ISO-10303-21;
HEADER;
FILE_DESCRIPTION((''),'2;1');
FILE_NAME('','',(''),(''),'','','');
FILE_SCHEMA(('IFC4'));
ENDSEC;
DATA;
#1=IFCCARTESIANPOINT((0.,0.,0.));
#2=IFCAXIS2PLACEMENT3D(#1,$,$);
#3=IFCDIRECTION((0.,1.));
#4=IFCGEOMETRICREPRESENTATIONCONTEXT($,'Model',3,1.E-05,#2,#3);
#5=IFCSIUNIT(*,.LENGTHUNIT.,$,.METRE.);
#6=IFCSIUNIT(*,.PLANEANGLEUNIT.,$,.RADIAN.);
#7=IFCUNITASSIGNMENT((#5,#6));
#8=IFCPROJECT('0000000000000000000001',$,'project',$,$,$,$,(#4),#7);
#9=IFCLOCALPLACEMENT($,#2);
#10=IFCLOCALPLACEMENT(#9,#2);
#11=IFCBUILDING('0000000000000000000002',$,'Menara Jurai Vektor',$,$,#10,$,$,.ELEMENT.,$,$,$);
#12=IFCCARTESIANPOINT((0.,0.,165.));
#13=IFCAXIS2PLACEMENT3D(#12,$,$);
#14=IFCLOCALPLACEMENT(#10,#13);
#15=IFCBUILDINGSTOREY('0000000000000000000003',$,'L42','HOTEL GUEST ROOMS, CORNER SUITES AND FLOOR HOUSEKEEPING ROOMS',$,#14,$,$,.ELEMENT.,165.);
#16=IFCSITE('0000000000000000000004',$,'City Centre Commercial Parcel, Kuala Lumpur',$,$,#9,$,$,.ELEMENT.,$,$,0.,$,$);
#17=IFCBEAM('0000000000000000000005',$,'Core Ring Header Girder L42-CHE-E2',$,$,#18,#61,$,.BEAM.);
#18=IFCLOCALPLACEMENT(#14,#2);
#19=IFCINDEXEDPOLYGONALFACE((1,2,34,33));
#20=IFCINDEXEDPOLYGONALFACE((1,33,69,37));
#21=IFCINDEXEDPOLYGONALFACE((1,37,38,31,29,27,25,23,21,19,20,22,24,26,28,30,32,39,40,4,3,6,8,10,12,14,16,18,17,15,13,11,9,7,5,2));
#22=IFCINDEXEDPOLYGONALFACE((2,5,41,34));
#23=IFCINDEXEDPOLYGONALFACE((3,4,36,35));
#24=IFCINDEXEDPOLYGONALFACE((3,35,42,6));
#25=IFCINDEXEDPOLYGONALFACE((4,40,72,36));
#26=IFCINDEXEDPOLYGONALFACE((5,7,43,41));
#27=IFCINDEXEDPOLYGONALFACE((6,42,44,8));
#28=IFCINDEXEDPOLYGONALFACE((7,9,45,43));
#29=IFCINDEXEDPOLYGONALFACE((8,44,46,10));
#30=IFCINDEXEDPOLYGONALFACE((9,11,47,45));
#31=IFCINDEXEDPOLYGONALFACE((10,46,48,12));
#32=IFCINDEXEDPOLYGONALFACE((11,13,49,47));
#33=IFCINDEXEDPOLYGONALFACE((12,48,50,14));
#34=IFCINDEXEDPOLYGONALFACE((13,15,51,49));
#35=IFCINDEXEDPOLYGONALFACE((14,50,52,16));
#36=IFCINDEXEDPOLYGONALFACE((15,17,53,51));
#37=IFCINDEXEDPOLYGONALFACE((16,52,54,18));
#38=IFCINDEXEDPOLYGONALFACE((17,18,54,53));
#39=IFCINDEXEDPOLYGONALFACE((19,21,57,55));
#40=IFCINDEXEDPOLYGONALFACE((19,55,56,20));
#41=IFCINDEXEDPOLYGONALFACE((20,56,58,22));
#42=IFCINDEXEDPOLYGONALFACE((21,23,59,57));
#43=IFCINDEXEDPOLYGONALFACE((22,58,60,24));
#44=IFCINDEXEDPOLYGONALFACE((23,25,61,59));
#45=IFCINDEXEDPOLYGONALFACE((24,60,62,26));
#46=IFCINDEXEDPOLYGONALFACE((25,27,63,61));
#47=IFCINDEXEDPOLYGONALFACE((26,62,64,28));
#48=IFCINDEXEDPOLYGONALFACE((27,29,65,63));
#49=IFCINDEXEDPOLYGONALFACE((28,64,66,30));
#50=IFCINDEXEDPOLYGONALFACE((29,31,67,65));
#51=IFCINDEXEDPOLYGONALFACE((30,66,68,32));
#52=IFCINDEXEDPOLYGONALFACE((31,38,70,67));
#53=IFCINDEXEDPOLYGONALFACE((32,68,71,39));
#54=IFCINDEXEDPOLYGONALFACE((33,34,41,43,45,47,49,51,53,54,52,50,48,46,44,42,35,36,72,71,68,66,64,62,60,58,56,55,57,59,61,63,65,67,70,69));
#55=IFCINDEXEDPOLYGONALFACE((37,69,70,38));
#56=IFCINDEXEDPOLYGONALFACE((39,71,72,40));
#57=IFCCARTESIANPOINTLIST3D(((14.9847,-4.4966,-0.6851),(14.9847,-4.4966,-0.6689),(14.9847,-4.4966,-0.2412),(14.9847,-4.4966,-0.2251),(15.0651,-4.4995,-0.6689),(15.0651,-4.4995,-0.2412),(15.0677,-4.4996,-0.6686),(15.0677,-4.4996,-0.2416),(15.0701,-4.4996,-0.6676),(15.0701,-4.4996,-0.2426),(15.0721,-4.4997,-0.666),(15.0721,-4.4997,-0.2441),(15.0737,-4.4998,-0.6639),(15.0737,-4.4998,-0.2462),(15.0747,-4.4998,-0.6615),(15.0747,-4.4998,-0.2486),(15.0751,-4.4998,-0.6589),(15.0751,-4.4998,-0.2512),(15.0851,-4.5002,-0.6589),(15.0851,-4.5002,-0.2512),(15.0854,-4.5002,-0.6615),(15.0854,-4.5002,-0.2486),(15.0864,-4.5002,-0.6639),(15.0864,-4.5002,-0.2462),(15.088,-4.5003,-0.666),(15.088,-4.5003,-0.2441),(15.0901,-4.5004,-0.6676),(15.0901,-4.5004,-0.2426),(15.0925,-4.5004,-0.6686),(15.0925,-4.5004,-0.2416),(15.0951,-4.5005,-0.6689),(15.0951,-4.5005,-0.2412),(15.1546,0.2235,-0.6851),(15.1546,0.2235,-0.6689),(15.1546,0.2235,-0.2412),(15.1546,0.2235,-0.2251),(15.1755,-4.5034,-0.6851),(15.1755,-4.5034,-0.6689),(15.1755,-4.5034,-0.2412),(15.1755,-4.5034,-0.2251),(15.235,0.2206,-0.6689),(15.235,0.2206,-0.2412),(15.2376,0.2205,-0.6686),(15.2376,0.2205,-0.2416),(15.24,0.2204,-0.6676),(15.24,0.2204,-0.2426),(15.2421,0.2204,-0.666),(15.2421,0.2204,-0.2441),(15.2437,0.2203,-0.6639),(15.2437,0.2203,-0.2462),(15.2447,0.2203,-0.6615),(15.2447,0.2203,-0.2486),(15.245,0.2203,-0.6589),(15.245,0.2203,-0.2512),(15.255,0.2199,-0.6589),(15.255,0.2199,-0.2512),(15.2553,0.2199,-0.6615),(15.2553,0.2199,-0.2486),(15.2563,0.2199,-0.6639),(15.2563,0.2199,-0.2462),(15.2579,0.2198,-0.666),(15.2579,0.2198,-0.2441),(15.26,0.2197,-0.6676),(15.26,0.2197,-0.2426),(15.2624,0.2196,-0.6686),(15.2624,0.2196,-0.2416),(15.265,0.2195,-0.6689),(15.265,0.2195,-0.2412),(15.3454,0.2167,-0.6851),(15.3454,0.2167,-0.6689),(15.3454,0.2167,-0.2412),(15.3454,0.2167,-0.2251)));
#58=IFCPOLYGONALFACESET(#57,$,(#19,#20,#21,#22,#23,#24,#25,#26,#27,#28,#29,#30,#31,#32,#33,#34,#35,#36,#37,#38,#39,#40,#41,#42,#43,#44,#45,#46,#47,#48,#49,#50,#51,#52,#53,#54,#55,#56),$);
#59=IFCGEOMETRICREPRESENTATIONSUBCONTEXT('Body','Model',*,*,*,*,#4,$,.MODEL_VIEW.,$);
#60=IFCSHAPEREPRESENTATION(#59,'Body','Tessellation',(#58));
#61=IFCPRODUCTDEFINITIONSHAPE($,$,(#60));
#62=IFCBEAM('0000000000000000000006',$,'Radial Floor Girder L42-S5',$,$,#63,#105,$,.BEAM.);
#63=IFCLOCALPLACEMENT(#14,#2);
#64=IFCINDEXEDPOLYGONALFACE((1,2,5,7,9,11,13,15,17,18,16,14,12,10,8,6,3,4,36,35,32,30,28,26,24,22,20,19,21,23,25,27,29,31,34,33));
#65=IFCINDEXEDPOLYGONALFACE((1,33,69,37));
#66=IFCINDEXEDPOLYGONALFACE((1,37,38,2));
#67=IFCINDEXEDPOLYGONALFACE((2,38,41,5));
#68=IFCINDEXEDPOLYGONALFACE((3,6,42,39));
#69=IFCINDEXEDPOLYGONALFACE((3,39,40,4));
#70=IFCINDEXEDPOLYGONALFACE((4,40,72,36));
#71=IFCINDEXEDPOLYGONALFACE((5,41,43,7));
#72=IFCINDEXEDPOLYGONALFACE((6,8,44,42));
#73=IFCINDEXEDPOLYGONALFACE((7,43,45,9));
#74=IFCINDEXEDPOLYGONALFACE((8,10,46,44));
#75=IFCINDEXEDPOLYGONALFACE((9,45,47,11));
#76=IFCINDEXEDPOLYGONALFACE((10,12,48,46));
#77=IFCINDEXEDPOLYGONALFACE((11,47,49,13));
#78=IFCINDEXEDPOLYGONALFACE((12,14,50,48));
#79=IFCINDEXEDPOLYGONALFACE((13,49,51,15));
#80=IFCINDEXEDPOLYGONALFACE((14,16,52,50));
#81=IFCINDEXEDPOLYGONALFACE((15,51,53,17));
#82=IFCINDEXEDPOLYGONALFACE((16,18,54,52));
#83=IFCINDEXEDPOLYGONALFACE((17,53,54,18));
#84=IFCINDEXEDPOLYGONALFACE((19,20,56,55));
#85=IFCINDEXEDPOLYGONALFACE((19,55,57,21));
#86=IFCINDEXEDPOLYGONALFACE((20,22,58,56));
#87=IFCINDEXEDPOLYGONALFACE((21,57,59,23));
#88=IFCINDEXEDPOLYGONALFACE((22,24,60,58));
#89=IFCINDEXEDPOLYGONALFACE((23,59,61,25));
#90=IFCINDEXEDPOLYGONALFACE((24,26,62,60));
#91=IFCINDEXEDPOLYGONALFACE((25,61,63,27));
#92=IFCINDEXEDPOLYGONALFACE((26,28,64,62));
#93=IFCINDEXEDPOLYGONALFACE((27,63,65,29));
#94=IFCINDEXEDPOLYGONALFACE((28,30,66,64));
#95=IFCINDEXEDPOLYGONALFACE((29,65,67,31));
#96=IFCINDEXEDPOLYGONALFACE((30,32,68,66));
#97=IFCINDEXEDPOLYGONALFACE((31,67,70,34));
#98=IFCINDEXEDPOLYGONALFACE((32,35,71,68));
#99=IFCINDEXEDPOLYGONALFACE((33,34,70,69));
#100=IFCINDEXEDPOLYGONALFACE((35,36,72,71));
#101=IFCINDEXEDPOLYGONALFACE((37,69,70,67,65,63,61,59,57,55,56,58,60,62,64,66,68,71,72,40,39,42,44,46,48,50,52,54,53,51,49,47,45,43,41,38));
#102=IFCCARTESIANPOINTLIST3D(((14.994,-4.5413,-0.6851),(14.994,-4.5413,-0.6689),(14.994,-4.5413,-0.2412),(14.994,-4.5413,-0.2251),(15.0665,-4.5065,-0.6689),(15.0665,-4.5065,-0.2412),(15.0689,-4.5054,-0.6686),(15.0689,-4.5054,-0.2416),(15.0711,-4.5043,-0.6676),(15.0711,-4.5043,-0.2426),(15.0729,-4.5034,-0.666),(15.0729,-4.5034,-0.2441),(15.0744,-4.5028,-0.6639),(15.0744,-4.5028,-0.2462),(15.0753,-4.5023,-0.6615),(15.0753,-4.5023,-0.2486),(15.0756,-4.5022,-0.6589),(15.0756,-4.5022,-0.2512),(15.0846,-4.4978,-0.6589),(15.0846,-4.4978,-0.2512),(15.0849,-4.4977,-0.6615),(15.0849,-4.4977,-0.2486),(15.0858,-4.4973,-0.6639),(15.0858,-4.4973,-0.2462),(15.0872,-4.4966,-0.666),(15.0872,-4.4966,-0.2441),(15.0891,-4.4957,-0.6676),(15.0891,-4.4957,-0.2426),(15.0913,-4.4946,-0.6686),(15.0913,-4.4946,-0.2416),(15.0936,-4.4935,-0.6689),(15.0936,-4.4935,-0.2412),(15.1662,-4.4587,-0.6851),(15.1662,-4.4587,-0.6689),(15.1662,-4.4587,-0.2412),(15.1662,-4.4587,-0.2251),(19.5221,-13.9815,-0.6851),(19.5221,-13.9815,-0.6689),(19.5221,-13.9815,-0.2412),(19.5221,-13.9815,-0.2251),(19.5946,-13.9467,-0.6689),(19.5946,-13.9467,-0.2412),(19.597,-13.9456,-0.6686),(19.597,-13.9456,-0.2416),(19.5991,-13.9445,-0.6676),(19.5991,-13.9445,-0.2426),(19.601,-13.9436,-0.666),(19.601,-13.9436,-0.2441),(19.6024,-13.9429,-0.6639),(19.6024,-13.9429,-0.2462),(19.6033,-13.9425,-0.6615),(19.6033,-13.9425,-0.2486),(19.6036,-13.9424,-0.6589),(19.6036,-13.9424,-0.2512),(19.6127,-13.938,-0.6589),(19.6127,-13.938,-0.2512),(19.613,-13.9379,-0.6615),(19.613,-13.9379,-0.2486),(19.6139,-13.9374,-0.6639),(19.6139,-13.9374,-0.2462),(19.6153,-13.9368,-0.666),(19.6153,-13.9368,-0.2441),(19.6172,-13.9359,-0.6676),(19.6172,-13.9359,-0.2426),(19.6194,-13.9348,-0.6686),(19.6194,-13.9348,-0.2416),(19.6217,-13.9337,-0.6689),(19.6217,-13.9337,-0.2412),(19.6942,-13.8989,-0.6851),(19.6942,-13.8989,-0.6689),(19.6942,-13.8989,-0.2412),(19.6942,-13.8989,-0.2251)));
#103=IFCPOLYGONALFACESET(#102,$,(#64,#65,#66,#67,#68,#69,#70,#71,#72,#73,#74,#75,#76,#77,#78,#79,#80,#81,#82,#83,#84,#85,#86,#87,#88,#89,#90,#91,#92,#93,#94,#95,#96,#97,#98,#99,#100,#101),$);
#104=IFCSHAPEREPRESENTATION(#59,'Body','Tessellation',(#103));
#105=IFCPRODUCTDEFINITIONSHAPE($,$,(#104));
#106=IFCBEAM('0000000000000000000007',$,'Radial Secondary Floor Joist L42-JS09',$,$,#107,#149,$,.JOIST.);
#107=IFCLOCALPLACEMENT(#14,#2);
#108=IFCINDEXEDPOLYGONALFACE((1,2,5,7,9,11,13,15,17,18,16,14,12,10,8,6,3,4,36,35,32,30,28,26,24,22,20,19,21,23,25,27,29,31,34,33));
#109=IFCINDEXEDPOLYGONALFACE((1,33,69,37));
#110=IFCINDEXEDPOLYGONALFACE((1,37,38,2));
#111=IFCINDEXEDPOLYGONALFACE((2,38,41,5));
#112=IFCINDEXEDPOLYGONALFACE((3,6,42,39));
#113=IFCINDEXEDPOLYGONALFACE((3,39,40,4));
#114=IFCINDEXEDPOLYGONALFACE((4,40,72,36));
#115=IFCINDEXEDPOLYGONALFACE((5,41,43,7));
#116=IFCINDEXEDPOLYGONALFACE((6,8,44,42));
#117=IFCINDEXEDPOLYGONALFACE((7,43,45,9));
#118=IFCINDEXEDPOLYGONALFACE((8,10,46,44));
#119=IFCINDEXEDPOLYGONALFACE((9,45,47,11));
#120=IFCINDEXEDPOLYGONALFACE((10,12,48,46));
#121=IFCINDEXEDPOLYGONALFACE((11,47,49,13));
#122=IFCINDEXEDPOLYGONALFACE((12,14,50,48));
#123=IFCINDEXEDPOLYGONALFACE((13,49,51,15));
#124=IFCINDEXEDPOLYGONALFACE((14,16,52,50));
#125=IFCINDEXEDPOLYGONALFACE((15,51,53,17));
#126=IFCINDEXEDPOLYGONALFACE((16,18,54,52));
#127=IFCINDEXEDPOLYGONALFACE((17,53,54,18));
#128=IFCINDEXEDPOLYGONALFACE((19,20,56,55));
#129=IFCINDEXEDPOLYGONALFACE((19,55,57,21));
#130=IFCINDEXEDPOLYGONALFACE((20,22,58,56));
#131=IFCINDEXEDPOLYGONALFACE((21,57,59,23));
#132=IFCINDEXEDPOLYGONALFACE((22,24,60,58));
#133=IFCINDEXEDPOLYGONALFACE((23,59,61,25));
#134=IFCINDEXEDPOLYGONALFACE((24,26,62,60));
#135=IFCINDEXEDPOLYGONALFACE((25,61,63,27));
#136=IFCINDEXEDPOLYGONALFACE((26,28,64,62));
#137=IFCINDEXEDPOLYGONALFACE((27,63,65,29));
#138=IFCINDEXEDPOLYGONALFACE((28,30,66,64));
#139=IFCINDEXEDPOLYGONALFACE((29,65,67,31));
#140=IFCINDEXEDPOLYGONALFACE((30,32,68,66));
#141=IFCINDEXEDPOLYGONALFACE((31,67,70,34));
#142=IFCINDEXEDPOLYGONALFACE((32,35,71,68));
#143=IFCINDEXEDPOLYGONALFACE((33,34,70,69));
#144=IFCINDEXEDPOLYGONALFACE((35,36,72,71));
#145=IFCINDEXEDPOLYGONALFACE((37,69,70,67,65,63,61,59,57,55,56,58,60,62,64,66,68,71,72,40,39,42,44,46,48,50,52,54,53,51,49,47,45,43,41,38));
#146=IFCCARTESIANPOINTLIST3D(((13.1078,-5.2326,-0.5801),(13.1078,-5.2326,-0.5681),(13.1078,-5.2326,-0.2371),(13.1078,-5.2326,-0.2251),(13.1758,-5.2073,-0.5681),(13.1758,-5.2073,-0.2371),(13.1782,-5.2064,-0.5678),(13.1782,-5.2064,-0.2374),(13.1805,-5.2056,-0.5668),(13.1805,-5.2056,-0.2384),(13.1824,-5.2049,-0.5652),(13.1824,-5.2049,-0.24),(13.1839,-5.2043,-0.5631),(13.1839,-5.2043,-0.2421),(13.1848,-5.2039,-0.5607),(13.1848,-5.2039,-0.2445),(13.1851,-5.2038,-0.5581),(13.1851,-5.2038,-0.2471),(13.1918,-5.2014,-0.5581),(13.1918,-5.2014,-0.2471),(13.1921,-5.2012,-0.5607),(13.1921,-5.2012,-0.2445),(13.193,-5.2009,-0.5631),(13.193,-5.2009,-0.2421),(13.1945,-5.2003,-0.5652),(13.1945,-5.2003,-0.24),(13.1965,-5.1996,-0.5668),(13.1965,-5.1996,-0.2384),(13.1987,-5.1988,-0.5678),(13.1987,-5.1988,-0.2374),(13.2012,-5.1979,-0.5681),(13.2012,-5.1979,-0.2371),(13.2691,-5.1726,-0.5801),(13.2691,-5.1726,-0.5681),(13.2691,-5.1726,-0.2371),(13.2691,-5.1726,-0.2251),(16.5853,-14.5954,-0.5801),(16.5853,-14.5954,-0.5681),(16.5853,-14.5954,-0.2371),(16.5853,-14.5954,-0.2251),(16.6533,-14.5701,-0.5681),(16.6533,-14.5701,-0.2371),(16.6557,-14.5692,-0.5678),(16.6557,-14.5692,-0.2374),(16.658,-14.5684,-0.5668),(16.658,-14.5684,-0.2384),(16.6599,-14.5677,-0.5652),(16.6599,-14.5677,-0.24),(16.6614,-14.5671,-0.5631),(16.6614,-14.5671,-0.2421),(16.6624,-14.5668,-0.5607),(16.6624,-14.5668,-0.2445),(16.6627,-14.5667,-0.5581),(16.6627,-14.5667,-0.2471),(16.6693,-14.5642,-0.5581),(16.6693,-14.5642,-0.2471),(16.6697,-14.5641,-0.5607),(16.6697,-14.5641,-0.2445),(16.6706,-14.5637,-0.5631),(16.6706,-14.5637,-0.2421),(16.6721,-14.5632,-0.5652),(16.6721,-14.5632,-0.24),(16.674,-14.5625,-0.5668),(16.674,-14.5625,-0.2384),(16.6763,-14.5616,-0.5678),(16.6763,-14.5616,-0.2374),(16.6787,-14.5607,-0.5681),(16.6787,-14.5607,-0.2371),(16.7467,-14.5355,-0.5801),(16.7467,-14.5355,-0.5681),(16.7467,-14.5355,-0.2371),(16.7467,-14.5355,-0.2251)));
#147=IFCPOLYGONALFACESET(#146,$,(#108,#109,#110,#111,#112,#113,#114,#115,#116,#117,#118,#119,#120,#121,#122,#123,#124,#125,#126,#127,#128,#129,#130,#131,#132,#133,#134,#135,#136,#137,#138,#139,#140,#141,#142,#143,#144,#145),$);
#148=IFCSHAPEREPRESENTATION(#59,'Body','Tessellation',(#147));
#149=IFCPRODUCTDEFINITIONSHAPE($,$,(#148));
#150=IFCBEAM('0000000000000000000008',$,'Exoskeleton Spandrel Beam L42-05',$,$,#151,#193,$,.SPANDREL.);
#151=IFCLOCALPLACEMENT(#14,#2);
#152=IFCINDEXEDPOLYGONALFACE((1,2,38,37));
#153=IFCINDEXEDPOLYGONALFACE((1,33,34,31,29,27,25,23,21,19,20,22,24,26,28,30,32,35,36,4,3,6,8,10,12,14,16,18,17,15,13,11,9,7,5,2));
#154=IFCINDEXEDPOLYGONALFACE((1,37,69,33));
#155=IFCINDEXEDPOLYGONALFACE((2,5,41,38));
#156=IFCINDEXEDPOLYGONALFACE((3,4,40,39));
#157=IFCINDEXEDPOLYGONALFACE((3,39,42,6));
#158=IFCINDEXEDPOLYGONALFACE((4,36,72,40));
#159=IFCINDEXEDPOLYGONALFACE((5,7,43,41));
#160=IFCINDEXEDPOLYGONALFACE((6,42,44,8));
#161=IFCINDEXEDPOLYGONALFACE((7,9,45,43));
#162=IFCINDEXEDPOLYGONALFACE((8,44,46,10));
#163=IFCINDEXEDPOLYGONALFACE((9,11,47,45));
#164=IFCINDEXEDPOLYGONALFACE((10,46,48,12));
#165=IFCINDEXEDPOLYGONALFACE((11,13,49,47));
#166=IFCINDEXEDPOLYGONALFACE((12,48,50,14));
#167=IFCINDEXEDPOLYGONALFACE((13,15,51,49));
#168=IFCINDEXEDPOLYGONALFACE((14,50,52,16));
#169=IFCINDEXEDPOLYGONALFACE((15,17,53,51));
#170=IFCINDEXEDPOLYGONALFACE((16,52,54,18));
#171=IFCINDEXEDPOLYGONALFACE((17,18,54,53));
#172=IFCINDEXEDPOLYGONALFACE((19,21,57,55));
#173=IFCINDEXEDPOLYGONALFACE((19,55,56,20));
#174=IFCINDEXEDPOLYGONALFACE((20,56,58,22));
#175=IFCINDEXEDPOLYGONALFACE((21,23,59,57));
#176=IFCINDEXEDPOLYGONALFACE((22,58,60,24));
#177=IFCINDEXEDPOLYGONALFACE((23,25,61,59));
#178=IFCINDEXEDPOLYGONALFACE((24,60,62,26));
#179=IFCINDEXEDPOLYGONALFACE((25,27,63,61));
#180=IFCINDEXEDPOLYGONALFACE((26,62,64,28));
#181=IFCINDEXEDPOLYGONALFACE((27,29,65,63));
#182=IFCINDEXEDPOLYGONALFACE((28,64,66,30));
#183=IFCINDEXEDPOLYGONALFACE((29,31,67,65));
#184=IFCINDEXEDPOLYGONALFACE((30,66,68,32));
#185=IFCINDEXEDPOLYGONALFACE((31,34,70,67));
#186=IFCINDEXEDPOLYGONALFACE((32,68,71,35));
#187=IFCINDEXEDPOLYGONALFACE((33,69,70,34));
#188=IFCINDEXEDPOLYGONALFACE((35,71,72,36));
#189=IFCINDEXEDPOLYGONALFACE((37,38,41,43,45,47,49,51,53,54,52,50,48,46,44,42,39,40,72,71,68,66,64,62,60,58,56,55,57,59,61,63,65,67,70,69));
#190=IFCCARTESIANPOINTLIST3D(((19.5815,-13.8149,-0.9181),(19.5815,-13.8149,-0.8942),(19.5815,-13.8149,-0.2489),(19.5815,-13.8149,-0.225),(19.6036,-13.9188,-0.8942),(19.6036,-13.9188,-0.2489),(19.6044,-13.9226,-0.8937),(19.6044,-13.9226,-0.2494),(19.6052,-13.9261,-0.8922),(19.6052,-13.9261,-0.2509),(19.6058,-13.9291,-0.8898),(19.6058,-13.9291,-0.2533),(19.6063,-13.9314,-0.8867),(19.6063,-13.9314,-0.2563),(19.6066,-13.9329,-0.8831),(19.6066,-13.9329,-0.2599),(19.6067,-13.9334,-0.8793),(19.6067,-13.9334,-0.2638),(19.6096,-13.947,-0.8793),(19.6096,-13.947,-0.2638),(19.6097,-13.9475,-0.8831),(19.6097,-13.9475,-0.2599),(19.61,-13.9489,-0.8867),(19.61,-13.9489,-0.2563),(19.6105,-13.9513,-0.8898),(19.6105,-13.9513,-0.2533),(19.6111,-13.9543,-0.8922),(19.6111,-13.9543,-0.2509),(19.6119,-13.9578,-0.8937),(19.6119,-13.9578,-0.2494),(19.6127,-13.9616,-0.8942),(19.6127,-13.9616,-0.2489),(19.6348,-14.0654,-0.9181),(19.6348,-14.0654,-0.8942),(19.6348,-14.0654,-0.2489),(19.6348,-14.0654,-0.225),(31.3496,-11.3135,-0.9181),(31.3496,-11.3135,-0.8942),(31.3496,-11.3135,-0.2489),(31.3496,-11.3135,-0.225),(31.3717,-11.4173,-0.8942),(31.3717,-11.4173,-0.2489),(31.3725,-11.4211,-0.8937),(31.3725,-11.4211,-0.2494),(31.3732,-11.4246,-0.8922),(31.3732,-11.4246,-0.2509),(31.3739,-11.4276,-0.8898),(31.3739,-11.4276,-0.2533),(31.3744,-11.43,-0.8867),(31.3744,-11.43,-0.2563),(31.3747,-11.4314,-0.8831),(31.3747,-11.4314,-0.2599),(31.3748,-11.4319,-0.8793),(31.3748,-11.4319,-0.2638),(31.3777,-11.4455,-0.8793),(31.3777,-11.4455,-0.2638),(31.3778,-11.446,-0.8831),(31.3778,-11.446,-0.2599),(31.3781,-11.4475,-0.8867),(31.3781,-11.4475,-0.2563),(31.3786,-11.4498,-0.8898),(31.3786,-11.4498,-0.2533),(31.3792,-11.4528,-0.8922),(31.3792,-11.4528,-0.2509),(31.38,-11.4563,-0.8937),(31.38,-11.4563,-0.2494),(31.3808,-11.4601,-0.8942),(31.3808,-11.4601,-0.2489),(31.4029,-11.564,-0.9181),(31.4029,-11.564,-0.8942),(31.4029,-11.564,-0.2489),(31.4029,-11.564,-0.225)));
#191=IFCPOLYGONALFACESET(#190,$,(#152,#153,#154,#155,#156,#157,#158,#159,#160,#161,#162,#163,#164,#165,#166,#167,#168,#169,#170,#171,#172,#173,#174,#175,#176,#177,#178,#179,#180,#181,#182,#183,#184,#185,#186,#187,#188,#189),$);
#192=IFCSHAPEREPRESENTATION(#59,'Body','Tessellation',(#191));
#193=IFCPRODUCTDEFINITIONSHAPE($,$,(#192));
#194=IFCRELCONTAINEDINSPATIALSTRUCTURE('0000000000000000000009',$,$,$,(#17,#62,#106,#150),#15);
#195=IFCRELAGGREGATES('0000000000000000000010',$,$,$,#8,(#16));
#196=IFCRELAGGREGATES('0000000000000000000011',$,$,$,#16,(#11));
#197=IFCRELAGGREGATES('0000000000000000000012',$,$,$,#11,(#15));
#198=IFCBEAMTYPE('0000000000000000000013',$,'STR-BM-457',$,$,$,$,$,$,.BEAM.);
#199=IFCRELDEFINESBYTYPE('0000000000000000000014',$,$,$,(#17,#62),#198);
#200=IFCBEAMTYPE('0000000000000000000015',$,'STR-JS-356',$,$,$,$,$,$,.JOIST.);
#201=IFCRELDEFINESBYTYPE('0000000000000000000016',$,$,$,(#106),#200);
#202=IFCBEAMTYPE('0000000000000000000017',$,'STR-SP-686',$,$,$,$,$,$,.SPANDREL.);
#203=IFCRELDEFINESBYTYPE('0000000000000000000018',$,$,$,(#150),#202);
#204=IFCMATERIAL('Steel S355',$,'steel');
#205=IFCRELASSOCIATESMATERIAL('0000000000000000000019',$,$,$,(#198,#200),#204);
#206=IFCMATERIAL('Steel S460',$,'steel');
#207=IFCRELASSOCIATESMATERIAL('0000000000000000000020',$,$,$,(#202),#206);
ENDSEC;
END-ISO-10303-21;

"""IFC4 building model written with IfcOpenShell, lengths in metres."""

from ifc_helpers import new_model, si_unit, direction, frame, origin, origin_2d, place, context, subcontext, project, spatial, i_section, extrude, material, material_profile, profile_set, type_object, element, save


model = new_model("IFC4")

# Units and contexts
model_context = context("Model", 3, precision=1e-05, world=origin(), true_north=direction((0.0, 1.0)))
body_context = subcontext(model_context, "Body", "Model", "MODEL_VIEW")
ifc_project = project(units=[si_unit("LENGTHUNIT", "METRE"), si_unit("PLANEANGLEUNIT", "RADIAN")], contexts=[model_context])

# Site, building, storey
site_placement = place(None, origin())
site = spatial("IfcSite", under=ifc_project, at=site_placement, Name="City Centre Commercial Parcel, Kuala Lumpur", CompositionType="ELEMENT", RefElevation=0.0)
building_placement = place(site_placement, origin())
building = spatial("IfcBuilding", under=site, at=building_placement, Name="Menara Jurai Vektor", CompositionType="ELEMENT")
storey_placement = place(building_placement, frame((0.0, 0.0, 165.0)))
storey = spatial("IfcBuildingStorey", under=building, at=storey_placement, Name="L42", Description="HOTEL GUEST ROOMS, CORNER SUITES AND FLOOR HOUSEKEEPING ROOMS", CompositionType="ELEMENT", Elevation=165.0)

# Shared definitions
ifc_material_1 = material(Name="Steel S460", Category="steel")

# Beams
ifc_material_2 = material(Name="Steel S355", Category="steel")
ifc_material_profile_1 = material_profile(ifc_material_2, i_section(OverallWidth=0.1909, OverallDepth=0.46, WebThickness=0.01, FlangeThickness=0.0161, FilletRadius=0.01, at=origin_2d()), Name="UKB 457x191x82")
ifc_profile_set_1 = profile_set([ifc_material_profile_1], Name="Steel S355")
beam_type_1 = type_object("IfcBeamType", Name="STR-BM-457", PredefinedType="BEAM", material=ifc_profile_set_1)
beam_1_placement = place(storey_placement, frame((15.0801, -4.5, -0.4551), z_axis=(0.035977, 0.999353, 0.0), x_axis=(-0.999353, 0.035977, 0.0)))
element("IfcBeam", 1, at=beam_1_placement, inside=storey, type_object=beam_type_1, Name="Core Ring Header Girder L42-CHE-E2", PredefinedType="BEAM", context=body_context, shape_type="SweptSolid", body=[
    extrude(i_section(OverallWidth=0.1909, OverallDepth=0.46, WebThickness=0.01, FlangeThickness=0.0161, FilletRadius=0.01, at=origin_2d()), origin(), (0.0, 0.0, 1.0), 4.7231),
])
beam_2_placement = place(storey_placement, frame((19.6082, -13.9402, -0.4551), z_axis=(-0.432482, 0.901643, 0.0), x_axis=(-0.901643, -0.432482, 0.0)))
element("IfcBeam", 2, at=beam_2_placement, inside=storey, type_object=beam_type_1, Name="Radial Floor Girder L42-S5", PredefinedType="BEAM", context=body_context, shape_type="SweptSolid", body=[
    extrude(i_section(OverallWidth=0.1909, OverallDepth=0.46, WebThickness=0.01, FlangeThickness=0.0161, FilletRadius=0.01, at=origin_2d()), origin(), (0.0, 0.0, 1.0), 10.47),
])
ifc_material_profile_2 = material_profile(ifc_material_2, i_section(OverallWidth=0.1721, OverallDepth=0.355, WebThickness=0.0071, FlangeThickness=0.012, FilletRadius=0.01, at=origin_2d()), Name="UKB 356x171x51")
ifc_profile_set_2 = profile_set([ifc_material_profile_2], Name="Steel S355")
beam_type_2 = type_object("IfcBeamType", Name="STR-JS-356", PredefinedType="JOIST", material=ifc_profile_set_2)
beam_3_placement = place(storey_placement, frame((16.666, -14.5654, -0.4026), z_axis=(-0.34818, 0.937428, 0.0), x_axis=(-0.937428, -0.34818, 0.0)))
element("IfcBeam", 3, at=beam_3_placement, inside=storey, type_object=beam_type_2, Name="Radial Secondary Floor Joist L42-JS09", PredefinedType="JOIST", context=body_context, shape_type="SweptSolid", body=[
    extrude(i_section(OverallWidth=0.1721, OverallDepth=0.355, WebThickness=0.0071, FlangeThickness=0.012, FilletRadius=0.01, at=origin_2d()), origin(), (0.0, 0.0, 1.0), 9.9878),
])
ifc_material_profile_3 = material_profile(ifc_material_1, i_section(OverallWidth=0.2561, OverallDepth=0.6931, WebThickness=0.0139, FlangeThickness=0.0239, FilletRadius=0.0149, at=origin_2d()), Name="UKB 686x254x170")
ifc_profile_set_3 = profile_set([ifc_material_profile_3], Name="Steel S460")
beam_type_3 = type_object("IfcBeamType", Name="STR-SP-686", PredefinedType="SPANDREL", material=ifc_profile_set_3)
beam_4_placement = place(storey_placement, frame((19.6082, -13.9402, -0.5715), z_axis=(0.978146, 0.207918, 0.0), x_axis=(-0.207918, 0.978146, 0.0)))
element("IfcBeam", 4, at=beam_4_placement, inside=storey, type_object=beam_type_3, Name="Exoskeleton Spandrel Beam L42-05", PredefinedType="SPANDREL", context=body_context, shape_type="SweptSolid", body=[
    extrude(i_section(OverallWidth=0.2561, OverallDepth=0.6931, WebThickness=0.0139, FlangeThickness=0.0239, FilletRadius=0.0149, at=origin_2d()), origin(), (0.0, 0.0, 1.0), 12.031),
])

save(model, "model.ifc")
